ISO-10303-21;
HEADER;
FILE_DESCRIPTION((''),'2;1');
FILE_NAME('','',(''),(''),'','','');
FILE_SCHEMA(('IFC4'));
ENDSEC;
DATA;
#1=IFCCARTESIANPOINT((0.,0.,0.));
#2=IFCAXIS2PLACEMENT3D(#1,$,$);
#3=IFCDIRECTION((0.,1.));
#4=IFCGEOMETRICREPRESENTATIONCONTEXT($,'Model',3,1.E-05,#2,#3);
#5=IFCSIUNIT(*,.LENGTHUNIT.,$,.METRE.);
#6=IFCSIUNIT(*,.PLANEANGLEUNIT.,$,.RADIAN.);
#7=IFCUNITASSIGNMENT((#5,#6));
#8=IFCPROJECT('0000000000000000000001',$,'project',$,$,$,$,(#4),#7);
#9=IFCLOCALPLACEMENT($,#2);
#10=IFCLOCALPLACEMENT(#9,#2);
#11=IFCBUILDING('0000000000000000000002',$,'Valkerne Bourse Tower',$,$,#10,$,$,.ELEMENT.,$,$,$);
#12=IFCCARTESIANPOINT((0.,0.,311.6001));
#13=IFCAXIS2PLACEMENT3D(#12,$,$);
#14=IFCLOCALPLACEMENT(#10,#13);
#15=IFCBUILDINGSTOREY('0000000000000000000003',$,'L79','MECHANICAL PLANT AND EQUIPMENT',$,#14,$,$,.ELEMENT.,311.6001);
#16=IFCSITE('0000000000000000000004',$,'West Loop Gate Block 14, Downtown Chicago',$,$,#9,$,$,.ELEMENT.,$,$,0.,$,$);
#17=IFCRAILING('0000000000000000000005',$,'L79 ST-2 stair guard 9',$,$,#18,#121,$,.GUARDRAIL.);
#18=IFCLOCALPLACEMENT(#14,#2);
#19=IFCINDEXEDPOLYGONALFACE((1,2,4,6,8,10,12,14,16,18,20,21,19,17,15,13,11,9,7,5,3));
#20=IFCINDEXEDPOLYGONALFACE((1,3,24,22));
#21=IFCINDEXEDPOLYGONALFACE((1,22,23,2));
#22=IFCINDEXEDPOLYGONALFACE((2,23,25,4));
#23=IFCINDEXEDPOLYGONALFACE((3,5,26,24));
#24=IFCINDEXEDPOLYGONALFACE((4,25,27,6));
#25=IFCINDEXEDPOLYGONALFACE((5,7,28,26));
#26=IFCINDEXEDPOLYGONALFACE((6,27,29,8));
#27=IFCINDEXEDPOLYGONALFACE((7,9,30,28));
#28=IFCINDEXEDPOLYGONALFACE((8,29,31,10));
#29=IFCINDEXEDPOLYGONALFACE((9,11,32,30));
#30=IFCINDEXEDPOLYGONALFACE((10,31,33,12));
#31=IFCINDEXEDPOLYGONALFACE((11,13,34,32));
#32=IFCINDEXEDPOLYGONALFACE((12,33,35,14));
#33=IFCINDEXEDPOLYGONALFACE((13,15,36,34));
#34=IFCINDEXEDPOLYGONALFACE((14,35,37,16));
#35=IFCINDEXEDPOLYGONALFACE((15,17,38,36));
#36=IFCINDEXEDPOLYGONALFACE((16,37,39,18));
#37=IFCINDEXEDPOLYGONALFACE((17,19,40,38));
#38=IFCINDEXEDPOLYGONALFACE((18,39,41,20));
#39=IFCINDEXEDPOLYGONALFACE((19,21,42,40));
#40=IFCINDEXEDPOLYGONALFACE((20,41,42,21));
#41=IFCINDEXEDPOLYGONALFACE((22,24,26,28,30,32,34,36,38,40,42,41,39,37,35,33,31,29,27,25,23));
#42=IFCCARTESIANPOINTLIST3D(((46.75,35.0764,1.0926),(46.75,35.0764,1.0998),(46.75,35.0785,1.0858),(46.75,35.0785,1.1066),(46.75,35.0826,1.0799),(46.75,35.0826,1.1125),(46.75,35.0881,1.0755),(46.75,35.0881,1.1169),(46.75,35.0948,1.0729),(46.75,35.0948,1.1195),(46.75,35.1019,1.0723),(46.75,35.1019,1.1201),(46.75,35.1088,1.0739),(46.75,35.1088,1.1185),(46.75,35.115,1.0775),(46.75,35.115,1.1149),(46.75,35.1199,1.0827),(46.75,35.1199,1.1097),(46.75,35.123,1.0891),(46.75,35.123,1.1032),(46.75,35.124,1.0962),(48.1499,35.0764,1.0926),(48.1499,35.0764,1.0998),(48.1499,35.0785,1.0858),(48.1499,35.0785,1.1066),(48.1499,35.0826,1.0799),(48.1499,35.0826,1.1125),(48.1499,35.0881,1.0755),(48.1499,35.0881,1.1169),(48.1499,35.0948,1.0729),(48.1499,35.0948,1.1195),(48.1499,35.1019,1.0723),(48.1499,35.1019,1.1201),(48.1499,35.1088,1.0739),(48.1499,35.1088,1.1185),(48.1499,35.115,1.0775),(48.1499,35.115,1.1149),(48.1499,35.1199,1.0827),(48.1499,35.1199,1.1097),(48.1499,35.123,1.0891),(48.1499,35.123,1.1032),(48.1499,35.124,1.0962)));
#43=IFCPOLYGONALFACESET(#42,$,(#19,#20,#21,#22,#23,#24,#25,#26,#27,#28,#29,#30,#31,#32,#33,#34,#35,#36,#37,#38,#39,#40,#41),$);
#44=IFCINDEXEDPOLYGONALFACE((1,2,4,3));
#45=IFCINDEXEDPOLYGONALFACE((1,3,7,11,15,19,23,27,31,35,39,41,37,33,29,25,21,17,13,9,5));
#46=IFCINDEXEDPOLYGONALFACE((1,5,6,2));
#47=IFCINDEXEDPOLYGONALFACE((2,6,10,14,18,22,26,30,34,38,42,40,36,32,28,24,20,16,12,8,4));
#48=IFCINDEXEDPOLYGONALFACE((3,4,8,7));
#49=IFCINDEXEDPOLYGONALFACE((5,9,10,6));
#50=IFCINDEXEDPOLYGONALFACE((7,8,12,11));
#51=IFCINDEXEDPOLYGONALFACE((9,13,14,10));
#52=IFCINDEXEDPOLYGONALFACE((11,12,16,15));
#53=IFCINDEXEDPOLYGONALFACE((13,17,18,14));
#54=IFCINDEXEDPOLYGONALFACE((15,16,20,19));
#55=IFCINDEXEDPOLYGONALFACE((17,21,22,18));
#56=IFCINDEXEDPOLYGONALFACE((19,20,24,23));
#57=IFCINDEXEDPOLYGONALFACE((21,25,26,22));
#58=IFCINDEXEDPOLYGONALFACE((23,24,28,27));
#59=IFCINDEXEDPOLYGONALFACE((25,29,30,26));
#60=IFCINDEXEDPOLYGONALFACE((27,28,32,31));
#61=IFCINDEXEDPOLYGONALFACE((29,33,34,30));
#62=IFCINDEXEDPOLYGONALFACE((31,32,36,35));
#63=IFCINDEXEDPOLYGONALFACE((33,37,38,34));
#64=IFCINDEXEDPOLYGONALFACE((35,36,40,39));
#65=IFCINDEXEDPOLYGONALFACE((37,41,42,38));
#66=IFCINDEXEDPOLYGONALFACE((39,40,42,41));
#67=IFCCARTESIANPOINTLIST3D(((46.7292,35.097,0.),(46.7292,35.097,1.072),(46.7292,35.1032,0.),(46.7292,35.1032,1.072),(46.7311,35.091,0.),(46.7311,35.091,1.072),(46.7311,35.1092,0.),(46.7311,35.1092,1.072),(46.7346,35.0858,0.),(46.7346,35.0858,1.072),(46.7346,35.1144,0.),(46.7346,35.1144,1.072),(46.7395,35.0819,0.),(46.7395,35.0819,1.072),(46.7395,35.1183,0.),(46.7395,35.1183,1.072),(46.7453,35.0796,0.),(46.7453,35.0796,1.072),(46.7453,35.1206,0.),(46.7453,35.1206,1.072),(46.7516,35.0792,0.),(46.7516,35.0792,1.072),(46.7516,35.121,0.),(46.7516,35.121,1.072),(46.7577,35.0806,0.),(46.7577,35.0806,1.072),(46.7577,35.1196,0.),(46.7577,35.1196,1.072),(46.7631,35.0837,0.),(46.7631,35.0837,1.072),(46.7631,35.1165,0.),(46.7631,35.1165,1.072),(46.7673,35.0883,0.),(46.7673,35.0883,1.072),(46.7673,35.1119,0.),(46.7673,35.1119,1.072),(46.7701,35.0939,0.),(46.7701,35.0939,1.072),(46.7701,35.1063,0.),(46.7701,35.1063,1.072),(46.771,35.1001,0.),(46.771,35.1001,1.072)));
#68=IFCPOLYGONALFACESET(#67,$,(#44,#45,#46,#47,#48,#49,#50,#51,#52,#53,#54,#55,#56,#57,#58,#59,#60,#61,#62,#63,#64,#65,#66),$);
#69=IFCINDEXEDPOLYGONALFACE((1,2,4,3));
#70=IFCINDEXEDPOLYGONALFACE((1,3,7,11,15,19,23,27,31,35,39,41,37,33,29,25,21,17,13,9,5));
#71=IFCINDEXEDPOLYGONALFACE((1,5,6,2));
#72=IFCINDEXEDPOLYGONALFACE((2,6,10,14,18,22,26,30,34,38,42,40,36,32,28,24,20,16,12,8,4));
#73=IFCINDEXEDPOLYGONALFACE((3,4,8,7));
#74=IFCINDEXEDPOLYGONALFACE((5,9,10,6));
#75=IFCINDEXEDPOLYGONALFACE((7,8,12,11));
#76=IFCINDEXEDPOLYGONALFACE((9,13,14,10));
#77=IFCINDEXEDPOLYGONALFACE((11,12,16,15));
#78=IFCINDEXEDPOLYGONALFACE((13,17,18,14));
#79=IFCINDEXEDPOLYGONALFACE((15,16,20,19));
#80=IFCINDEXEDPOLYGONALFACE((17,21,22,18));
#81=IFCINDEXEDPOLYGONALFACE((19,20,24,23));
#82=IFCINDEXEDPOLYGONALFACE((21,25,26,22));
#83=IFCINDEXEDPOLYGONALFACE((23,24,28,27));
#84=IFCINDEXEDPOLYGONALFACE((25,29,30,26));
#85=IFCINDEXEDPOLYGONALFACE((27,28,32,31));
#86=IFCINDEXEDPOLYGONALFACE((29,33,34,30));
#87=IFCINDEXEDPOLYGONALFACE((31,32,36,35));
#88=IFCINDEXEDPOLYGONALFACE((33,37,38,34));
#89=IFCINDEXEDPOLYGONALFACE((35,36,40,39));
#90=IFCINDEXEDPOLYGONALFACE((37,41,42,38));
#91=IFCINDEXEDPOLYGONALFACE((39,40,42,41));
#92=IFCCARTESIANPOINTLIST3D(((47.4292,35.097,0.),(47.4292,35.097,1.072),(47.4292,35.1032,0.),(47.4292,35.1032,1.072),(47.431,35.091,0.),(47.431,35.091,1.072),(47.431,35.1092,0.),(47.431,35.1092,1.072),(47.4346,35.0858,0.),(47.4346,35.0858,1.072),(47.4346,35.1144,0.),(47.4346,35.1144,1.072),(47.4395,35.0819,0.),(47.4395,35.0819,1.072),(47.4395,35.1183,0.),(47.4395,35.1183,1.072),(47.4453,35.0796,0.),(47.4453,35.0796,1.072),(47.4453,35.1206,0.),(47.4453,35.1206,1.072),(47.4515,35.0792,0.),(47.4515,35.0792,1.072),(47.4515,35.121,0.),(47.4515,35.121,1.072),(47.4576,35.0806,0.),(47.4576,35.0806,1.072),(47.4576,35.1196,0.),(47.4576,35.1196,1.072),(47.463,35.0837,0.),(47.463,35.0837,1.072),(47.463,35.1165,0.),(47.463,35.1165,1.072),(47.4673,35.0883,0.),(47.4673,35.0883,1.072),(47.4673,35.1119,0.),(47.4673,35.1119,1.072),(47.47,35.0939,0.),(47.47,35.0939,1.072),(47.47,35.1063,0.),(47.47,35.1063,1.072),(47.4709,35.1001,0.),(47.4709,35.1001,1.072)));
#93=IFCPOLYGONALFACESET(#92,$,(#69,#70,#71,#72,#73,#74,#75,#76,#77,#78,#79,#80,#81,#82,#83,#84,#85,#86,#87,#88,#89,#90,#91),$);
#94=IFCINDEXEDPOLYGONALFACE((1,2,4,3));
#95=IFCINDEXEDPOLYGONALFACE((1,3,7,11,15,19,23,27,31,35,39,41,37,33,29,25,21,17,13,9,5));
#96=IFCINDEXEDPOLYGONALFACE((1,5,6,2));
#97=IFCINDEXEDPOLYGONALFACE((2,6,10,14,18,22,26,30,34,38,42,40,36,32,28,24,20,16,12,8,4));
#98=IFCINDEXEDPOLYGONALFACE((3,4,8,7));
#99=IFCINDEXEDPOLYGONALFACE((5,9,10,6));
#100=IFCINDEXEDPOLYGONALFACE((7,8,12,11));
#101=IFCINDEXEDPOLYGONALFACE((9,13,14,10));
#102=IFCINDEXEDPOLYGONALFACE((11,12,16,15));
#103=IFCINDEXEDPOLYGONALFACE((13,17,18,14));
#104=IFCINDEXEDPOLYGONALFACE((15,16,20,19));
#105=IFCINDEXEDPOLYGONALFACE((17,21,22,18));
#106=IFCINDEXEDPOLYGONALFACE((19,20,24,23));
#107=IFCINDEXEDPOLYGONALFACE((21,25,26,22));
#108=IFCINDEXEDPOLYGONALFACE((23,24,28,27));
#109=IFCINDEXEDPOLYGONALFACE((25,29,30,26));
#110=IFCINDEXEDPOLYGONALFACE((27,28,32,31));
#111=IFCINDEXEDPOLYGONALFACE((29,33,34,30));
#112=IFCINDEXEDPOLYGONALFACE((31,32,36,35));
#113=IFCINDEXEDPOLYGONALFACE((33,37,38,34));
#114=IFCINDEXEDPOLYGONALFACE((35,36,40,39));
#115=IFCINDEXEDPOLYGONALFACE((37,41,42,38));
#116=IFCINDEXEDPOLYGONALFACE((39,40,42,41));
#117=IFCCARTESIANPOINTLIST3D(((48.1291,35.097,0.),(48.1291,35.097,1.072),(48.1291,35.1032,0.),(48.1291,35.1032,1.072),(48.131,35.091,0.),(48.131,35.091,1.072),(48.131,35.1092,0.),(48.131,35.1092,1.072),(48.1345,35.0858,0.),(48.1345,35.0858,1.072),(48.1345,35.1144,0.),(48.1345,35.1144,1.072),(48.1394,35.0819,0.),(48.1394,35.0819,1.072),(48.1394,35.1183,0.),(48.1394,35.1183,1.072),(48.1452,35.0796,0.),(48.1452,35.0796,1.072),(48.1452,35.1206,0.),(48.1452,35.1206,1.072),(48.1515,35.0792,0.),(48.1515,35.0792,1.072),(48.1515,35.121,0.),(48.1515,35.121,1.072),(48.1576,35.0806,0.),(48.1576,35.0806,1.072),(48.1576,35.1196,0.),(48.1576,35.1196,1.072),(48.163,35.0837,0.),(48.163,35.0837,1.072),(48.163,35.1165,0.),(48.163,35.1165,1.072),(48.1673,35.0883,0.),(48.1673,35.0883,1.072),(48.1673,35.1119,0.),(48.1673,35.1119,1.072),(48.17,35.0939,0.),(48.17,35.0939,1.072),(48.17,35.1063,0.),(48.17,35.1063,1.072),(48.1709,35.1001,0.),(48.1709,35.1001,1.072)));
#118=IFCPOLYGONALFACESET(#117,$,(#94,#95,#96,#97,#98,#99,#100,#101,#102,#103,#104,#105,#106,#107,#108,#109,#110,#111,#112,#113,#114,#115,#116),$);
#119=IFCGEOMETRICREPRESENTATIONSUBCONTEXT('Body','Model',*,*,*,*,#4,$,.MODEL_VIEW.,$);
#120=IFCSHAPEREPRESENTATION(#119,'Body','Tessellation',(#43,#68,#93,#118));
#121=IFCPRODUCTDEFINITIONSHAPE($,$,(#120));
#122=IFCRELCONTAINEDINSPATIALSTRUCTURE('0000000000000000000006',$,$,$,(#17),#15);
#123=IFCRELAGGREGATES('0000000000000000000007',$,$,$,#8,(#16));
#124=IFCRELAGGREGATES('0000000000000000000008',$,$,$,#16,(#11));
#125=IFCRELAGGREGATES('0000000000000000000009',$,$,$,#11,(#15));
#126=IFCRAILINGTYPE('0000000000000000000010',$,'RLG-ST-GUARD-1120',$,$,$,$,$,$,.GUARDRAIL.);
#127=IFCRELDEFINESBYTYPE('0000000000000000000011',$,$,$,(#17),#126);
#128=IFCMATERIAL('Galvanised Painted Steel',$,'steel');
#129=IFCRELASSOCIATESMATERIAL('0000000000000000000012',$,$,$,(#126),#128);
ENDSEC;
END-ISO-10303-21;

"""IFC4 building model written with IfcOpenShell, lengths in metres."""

from ifc_helpers import new_model, si_unit, direction, frame, origin, origin_2d, place, context, subcontext, project, spatial, circle, extrude, material, type_object, element, save


model = new_model("IFC4")

# Units and contexts
model_context = context("Model", 3, precision=1e-05, world=origin(), true_north=direction((0.0, 1.0)))
body_context = subcontext(model_context, "Body", "Model", "MODEL_VIEW")
ifc_project = project(units=[si_unit("LENGTHUNIT", "METRE"), si_unit("PLANEANGLEUNIT", "RADIAN")], contexts=[model_context])

# Site, building, storey
site_placement = place(None, origin())
site = spatial("IfcSite", under=ifc_project, at=site_placement, Name="West Loop Gate Block 14, Downtown Chicago", CompositionType="ELEMENT", RefElevation=0.0)
building_placement = place(site_placement, origin())
building = spatial("IfcBuilding", under=site, at=building_placement, Name="Valkerne Bourse Tower", CompositionType="ELEMENT")
storey_placement = place(building_placement, frame((0.0, 0.0, 311.6001)))
storey = spatial("IfcBuildingStorey", under=building, at=storey_placement, Name="L79", Description="MECHANICAL PLANT AND EQUIPMENT", CompositionType="ELEMENT", Elevation=311.6001)

# Railing
ifc_material_1 = material(Name="Galvanised Painted Steel", Category="steel")
railing_type_1 = type_object("IfcRailingType", Name="RLG-ST-GUARD-1120", PredefinedType="GUARDRAIL", material=ifc_material_1)
railing_1_placement = place(storey_placement, frame((46.75, 35.1001, 0.0)))
element("IfcRailing", 1, at=railing_1_placement, inside=storey, type_object=railing_type_1, Name="L79 ST-2 stair guard 9", PredefinedType="GUARDRAIL", context=body_context, shape_type="SweptSolid", body=[
    extrude(circle(Radius=0.0239, at=origin_2d()), frame((0.0, 0.0, 1.0962), z_axis=(1.0, 0.0, 0.0), x_axis=(0.0, 1.0, 0.0)), (0.0, 0.0, 1.0), 1.3999),
    extrude(circle(Radius=0.021, at=origin_2d()), origin(), (0.0, 0.0, 1.0), 1.072),
    extrude(circle(Radius=0.021, at=origin_2d()), frame((0.7, 0.0, 0.0)), (0.0, 0.0, 1.0), 1.072),
    extrude(circle(Radius=0.021, at=origin_2d()), frame((1.3999, 0.0, 0.0)), (0.0, 0.0, 1.0), 1.072),
])

save(model, "model.ifc")
